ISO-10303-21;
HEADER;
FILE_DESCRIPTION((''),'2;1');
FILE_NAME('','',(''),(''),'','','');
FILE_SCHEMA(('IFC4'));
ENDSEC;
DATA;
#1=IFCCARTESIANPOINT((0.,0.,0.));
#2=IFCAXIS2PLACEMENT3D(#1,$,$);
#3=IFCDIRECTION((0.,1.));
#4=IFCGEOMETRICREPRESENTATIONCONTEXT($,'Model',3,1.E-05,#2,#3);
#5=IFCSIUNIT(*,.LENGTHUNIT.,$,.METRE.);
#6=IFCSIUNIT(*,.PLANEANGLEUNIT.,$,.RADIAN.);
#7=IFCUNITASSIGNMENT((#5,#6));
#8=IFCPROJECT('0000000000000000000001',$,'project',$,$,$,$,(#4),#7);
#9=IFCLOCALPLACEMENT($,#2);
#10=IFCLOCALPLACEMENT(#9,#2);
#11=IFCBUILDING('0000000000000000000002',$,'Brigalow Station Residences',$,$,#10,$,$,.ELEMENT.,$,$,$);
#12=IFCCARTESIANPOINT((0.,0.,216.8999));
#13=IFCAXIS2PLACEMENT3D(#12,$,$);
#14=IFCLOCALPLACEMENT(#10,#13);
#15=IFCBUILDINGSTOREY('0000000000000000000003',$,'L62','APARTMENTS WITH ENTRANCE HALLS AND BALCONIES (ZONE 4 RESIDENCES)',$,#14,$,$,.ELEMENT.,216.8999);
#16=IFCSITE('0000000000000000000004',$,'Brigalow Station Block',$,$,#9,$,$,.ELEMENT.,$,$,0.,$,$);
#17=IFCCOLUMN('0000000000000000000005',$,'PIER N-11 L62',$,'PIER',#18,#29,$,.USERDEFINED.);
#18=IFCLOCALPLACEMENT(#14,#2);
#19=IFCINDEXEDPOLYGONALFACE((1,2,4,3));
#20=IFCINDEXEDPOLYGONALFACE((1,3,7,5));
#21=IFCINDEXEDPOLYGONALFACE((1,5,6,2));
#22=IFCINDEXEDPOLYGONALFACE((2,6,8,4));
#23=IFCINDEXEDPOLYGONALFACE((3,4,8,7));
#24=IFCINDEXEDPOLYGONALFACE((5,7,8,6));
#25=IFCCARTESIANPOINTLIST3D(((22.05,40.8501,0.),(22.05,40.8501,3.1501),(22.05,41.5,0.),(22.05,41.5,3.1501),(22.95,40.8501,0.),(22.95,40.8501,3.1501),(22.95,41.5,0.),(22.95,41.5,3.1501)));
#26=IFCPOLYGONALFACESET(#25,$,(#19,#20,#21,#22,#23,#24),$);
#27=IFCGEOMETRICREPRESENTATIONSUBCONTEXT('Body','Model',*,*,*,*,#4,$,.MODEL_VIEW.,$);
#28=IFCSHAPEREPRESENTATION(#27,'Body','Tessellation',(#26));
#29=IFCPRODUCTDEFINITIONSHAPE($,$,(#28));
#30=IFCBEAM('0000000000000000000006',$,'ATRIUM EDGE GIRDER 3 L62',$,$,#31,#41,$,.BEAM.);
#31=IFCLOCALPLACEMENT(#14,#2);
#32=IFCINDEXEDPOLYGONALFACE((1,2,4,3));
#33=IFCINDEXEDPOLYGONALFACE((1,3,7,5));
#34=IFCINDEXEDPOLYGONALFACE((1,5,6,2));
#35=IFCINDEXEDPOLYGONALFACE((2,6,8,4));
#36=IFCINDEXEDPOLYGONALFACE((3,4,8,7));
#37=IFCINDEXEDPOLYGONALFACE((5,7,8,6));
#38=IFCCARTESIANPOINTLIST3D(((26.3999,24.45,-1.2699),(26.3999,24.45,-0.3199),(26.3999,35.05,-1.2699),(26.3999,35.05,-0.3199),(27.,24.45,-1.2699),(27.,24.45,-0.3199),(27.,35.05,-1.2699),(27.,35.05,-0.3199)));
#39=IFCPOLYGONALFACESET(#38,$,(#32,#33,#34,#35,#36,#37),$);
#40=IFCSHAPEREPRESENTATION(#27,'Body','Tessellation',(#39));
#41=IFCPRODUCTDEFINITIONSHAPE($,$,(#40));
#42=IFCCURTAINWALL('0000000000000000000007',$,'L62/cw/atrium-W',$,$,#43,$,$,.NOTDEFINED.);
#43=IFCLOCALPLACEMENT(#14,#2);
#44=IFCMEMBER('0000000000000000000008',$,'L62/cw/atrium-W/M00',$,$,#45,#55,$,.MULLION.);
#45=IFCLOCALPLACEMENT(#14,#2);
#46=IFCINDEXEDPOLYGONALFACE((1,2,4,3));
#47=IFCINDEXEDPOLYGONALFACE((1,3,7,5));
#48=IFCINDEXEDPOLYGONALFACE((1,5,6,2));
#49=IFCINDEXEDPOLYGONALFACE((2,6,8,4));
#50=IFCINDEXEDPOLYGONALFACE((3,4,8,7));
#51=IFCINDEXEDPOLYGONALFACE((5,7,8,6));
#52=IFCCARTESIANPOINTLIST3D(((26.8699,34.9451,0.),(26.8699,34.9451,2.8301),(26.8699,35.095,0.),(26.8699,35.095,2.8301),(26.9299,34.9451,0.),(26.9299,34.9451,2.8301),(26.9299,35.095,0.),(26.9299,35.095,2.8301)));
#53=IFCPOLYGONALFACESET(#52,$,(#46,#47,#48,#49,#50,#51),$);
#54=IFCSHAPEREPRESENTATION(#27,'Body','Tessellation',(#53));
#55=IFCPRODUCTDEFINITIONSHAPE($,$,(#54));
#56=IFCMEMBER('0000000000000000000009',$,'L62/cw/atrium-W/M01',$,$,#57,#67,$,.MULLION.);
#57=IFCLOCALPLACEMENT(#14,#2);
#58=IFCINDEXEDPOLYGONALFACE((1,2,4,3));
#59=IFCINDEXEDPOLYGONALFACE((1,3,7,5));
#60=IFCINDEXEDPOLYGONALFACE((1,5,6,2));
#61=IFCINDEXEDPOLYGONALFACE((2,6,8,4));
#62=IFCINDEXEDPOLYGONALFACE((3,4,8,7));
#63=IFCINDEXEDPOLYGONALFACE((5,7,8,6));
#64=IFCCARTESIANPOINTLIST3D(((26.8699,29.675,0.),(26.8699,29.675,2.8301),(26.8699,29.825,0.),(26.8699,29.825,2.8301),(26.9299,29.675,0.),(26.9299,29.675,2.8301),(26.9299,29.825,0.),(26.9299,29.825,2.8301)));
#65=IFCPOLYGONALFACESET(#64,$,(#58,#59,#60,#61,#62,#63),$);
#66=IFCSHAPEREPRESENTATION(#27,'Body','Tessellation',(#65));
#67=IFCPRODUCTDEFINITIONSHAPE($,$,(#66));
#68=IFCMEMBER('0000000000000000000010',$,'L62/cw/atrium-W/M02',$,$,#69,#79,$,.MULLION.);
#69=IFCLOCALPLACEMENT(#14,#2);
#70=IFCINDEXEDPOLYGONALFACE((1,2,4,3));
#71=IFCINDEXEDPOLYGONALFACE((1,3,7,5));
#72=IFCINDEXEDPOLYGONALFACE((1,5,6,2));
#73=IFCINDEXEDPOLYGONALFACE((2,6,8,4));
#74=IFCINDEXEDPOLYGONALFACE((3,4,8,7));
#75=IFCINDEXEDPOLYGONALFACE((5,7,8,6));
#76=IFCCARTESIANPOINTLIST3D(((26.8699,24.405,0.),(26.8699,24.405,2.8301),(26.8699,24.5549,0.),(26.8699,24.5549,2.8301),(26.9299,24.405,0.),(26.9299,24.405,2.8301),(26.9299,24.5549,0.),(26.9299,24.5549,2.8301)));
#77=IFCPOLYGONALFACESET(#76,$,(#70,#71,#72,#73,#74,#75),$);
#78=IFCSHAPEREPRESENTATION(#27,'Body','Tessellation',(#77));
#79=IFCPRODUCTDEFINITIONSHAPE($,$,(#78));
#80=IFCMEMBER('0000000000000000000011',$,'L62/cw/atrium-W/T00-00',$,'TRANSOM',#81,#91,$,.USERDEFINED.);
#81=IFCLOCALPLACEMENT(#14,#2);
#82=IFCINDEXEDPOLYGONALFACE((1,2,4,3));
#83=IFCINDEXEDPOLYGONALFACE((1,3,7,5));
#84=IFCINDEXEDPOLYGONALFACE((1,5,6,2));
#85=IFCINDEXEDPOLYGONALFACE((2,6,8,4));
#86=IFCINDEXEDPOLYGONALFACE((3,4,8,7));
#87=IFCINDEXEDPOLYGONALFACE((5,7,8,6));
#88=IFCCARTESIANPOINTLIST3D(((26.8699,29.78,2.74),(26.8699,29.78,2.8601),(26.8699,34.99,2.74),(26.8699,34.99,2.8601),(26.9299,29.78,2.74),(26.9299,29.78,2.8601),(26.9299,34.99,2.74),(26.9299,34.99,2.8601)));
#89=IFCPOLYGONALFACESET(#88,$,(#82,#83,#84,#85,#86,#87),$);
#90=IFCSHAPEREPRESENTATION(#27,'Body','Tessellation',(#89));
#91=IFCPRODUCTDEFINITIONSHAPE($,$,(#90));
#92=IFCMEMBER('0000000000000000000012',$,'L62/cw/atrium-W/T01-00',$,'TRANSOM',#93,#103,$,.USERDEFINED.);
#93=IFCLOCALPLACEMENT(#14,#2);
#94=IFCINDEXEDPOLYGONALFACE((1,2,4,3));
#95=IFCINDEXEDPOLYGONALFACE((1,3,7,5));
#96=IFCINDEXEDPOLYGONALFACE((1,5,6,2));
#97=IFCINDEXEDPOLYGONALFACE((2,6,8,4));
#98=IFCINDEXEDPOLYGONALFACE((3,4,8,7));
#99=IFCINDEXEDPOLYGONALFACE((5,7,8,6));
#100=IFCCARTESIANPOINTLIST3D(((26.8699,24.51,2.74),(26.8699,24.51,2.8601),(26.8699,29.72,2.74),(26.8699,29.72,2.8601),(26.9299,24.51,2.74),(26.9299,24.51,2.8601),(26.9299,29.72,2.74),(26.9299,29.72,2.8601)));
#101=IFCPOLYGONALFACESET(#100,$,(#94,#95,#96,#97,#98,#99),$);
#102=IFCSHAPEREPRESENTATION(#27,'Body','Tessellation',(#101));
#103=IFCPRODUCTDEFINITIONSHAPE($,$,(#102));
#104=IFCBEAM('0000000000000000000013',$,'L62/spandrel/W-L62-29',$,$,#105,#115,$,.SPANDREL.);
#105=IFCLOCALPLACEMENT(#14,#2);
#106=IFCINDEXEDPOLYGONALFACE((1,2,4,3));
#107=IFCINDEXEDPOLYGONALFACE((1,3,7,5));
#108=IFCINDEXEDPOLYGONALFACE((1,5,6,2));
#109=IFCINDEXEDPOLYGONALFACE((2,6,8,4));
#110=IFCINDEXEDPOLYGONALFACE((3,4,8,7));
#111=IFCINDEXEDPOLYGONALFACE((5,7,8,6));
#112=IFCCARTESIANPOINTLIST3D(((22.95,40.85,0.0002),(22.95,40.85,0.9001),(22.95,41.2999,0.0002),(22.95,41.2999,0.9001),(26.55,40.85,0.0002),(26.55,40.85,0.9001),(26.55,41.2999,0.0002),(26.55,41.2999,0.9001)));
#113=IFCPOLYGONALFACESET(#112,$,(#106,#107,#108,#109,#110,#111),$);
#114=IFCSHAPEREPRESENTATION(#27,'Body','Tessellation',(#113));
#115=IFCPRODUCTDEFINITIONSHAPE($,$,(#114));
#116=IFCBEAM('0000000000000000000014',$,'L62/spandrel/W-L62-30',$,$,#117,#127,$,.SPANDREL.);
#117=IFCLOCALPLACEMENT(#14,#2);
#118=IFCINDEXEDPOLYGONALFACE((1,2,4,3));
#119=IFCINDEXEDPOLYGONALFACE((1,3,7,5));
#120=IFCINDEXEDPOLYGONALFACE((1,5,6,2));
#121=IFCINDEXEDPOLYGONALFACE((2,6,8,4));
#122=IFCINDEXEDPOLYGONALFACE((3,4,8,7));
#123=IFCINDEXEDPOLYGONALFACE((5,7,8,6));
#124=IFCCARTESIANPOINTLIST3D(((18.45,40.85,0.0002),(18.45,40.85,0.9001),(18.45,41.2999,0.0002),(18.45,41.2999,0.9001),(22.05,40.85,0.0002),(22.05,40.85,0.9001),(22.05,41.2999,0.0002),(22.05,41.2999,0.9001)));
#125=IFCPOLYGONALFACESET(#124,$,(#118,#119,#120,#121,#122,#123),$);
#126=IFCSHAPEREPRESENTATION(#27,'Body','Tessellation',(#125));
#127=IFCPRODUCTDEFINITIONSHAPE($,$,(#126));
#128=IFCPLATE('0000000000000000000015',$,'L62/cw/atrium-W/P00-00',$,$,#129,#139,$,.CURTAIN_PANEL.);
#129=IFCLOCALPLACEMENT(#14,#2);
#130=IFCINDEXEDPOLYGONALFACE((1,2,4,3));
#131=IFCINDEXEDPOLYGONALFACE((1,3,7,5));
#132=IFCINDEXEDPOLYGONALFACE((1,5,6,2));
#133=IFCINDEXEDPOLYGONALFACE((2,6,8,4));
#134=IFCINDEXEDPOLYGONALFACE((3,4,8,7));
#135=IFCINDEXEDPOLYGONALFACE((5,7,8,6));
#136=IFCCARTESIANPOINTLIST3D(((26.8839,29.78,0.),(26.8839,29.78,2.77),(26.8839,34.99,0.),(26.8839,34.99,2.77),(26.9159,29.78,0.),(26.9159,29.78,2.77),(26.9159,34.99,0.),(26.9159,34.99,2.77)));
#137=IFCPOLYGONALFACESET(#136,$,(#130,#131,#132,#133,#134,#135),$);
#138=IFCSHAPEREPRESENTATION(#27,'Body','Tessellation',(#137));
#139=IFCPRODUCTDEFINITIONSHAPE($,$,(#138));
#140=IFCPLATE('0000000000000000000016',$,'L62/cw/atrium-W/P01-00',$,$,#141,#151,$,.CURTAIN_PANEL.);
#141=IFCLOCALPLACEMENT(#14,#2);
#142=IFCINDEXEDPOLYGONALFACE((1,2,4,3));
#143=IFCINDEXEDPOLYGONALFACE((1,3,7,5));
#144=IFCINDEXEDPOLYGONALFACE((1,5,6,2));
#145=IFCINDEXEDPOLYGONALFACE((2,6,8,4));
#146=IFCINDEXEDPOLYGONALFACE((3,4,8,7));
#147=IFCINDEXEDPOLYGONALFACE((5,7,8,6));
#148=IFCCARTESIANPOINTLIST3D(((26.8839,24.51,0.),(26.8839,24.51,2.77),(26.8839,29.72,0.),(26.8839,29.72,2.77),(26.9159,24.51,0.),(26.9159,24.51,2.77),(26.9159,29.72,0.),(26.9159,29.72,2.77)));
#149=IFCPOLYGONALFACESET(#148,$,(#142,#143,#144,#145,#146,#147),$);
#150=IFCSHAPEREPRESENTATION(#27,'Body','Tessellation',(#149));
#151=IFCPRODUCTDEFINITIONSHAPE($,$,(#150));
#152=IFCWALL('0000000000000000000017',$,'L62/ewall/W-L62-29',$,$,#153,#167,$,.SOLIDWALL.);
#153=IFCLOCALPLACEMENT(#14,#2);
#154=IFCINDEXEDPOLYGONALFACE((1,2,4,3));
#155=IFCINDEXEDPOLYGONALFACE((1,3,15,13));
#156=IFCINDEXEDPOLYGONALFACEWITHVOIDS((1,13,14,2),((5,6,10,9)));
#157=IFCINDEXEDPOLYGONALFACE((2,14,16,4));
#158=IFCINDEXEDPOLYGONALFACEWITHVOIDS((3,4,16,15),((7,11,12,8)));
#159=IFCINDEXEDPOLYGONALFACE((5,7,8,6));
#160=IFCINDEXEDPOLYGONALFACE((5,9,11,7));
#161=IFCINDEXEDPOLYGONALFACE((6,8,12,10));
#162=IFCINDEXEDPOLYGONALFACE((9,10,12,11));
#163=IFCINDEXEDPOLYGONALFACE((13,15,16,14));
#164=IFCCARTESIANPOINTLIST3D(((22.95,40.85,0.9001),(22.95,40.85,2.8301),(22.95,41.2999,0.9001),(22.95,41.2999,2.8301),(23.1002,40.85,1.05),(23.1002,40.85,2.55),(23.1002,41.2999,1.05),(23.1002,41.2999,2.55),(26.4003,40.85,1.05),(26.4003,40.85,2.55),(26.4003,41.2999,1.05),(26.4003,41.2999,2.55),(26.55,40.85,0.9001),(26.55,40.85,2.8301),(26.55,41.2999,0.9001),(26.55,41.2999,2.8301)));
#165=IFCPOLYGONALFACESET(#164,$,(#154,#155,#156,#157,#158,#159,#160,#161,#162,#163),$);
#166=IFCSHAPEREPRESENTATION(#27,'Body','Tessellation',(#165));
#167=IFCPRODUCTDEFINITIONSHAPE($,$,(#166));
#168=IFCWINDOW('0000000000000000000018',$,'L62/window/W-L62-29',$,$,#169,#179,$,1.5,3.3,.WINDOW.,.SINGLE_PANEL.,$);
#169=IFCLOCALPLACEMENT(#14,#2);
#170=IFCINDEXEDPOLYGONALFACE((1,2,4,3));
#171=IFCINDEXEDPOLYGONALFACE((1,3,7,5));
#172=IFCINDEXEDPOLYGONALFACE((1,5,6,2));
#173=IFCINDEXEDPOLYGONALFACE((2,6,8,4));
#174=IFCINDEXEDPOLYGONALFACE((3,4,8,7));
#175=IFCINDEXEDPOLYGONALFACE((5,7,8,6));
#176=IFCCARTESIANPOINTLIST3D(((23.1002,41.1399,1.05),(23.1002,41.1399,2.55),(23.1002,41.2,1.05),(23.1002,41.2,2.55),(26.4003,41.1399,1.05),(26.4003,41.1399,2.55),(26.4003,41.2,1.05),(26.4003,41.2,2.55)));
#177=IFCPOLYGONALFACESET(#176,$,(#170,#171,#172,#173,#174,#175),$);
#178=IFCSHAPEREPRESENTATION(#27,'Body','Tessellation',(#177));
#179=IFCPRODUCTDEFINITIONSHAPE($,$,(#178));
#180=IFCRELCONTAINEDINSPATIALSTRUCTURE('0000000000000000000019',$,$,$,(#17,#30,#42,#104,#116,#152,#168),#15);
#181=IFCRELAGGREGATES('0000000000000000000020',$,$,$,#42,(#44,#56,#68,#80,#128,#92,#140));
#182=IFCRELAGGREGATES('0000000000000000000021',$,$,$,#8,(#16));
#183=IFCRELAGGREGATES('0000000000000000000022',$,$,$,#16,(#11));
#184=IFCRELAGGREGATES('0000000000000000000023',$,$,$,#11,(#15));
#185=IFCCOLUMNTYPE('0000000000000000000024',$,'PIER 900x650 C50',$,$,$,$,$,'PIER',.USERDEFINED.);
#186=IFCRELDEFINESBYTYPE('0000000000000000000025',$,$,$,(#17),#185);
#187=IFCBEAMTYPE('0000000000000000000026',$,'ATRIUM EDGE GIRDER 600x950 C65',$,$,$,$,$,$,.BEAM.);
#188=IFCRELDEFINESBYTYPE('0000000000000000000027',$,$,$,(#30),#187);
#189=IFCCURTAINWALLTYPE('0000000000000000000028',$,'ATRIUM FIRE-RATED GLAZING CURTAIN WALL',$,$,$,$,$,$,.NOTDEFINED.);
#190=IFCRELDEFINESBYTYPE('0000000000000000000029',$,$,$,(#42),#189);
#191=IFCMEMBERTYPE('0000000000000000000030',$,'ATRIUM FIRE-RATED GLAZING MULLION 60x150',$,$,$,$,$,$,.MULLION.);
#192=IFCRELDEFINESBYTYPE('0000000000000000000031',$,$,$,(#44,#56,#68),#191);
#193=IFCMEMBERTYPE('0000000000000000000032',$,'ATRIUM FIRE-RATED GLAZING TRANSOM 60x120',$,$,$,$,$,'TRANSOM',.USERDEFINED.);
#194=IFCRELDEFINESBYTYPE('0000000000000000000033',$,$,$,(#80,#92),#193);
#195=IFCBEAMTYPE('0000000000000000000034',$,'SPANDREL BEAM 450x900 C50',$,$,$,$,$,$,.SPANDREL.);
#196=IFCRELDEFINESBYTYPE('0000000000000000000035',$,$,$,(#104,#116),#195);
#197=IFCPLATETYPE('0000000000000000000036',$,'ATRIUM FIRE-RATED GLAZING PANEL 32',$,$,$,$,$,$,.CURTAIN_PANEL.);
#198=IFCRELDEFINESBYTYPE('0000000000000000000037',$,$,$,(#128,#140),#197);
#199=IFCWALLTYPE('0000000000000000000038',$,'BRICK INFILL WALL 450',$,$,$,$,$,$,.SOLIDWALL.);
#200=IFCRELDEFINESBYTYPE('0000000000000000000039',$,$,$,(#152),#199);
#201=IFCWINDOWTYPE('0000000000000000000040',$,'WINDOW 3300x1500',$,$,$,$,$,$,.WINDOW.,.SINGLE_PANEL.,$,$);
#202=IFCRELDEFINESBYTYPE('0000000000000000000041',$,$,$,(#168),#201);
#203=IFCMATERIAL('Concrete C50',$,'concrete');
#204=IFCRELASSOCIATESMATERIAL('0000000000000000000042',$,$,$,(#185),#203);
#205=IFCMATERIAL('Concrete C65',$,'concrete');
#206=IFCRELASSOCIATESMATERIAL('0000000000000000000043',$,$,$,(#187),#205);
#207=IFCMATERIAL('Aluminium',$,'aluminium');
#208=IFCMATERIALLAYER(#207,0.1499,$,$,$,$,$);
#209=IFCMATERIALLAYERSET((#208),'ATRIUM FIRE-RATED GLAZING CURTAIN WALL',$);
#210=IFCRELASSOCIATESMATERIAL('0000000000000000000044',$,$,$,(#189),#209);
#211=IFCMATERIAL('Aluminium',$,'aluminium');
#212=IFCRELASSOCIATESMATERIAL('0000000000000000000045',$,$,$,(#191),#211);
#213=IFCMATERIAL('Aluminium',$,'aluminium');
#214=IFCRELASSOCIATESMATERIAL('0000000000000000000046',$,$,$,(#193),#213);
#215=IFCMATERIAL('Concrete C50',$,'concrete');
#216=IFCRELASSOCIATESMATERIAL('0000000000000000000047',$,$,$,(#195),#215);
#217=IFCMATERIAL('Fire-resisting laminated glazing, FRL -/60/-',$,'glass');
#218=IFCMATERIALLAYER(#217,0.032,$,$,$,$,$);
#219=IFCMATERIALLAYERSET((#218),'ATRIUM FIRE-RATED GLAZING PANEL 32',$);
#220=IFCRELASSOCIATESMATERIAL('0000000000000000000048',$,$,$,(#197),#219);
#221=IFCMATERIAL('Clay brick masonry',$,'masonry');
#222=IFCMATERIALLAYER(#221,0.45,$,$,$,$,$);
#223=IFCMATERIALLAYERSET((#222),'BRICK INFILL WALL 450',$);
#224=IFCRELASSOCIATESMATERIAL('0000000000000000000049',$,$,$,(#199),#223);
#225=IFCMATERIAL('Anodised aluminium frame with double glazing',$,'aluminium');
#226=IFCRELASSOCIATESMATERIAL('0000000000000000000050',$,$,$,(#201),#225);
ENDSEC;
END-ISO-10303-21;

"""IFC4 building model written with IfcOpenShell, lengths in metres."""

from ifc_helpers import new_model, si_unit, direction, frame, frame_2d, origin, origin_2d, place, context, subcontext, project, spatial, rectangle, extrude, material, layer, layer_set, material_profile, profile_set, type_object, element, fill, aggregate, save


model = new_model("IFC4")

# Units and contexts
model_context = context("Model", 3, precision=1e-05, world=origin(), true_north=direction((0.0, 1.0)))
body_context = subcontext(model_context, "Body", "Model", "MODEL_VIEW")
ifc_project = project(units=[si_unit("LENGTHUNIT", "METRE"), si_unit("PLANEANGLEUNIT", "RADIAN")], contexts=[model_context])

# Site, building, storey
site_placement = place(None, origin())
site = spatial("IfcSite", under=ifc_project, at=site_placement, Name="Brigalow Station Block", CompositionType="ELEMENT", RefElevation=0.0)
building_placement = place(site_placement, origin())
building = spatial("IfcBuilding", under=site, at=building_placement, Name="Brigalow Station Residences", CompositionType="ELEMENT")
storey_placement = place(building_placement, frame((0.0, 0.0, 216.8999)))
storey = spatial("IfcBuildingStorey", under=building, at=storey_placement, Name="L62", Description="APARTMENTS WITH ENTRANCE HALLS AND BALCONIES (ZONE 4 RESIDENCES)", CompositionType="ELEMENT", Elevation=216.8999)

# Column
ifc_material_1 = material(Name="Concrete C50", Category="concrete")
ifc_material_profile_1 = material_profile(ifc_material_1, rectangle(XDim=0.8999, YDim=0.6499, at=origin_2d()), Name="RC900x650")
ifc_profile_set_1 = profile_set([ifc_material_profile_1], Name="Concrete C50")
column_type = type_object("IfcColumnType", Name="PIER 900x650 C50", ElementType="PIER", PredefinedType="USERDEFINED", material=ifc_profile_set_1)
column_placement = place(storey_placement, frame((22.5, 41.175, 0.0), z_axis=(0.0, 0.0, 1.0), x_axis=(-1.0, 0.0, 0.0)))
element("IfcColumn", 1, at=column_placement, inside=storey, type_object=column_type, Name="PIER N-11 L62", ObjectType="PIER", PredefinedType="USERDEFINED", context=body_context, shape_type="SweptSolid", body=[
    extrude(rectangle(XDim=0.8999, YDim=0.6499, at=origin_2d()), origin(), (0.0, 0.0, 1.0), 3.1501),
])

# Beam
ifc_material_2 = material(Name="Concrete C65", Category="concrete")
ifc_material_profile_2 = material_profile(ifc_material_2, rectangle(XDim=0.6001, YDim=0.95, at=origin_2d()), Name="RC600x950")
ifc_profile_set_2 = profile_set([ifc_material_profile_2], Name="Concrete C65")
beam_type_1 = type_object("IfcBeamType", Name="ATRIUM EDGE GIRDER 600x950 C65", PredefinedType="BEAM", material=ifc_profile_set_2)
beam_placement = place(storey_placement, frame((26.7, 24.45, -0.7949), z_axis=(0.0, 1.0, 0.0), x_axis=(-1.0, 0.0, 0.0)))
element("IfcBeam", 2, at=beam_placement, inside=storey, type_object=beam_type_1, Name="ATRIUM EDGE GIRDER 3 L62", PredefinedType="BEAM", context=body_context, shape_type="SweptSolid", body=[
    extrude(rectangle(XDim=0.6001, YDim=0.95, at=origin_2d()), origin(), (0.0, 0.0, 1.0), 10.6001),
])

# Curtain wall, members
ifc_material_3 = material(Name="Aluminium", Category="aluminium")
ifc_layer_1 = layer(ifc_material_3, 0.1499)
ifc_layer_set_1 = layer_set([ifc_layer_1], Name="ATRIUM FIRE-RATED GLAZING CURTAIN WALL")
curtain_wall_type = type_object("IfcCurtainWallType", Name="ATRIUM FIRE-RATED GLAZING CURTAIN WALL", PredefinedType="NOTDEFINED", material=ifc_layer_set_1)
curtain_wall_placement = place(storey_placement, origin())
curtain_wall = element("IfcCurtainWall", 3, at=curtain_wall_placement, inside=storey, type_object=curtain_wall_type, Name="L62/cw/atrium-W", PredefinedType="NOTDEFINED")
ifc_material_4 = material(Name="Aluminium", Category="aluminium")
ifc_material_profile_3 = material_profile(ifc_material_4, rectangle(XDim=0.0601, YDim=0.1499, at=origin_2d()), Name="ATRIUM FIRE-RATED GLAZING MULLION 60x150")
ifc_profile_set_3 = profile_set([ifc_material_profile_3], Name="Aluminium")
member_type_1 = type_object("IfcMemberType", Name="ATRIUM FIRE-RATED GLAZING MULLION 60x150", PredefinedType="MULLION", material=ifc_profile_set_3)
member_1_placement = place(storey_placement, frame((26.8999, 35.02, 0.0), z_axis=(0.0, 0.0, 1.0), x_axis=(1.0, 0.0, 0.0)))
member_1 = element("IfcMember", 4, at=member_1_placement, type_object=member_type_1, Name="L62/cw/atrium-W/M00", PredefinedType="MULLION", context=body_context, shape_type="SweptSolid", body=[
    extrude(rectangle(XDim=0.0601, YDim=0.1499, at=origin_2d()), origin(), (0.0, 0.0, 1.0), 2.8301),
])
member_2_placement = place(storey_placement, frame((26.8999, 29.75, 0.0), z_axis=(0.0, 0.0, 1.0), x_axis=(1.0, 0.0, 0.0)))
member_2 = element("IfcMember", 5, at=member_2_placement, type_object=member_type_1, Name="L62/cw/atrium-W/M01", PredefinedType="MULLION", context=body_context, shape_type="SweptSolid", body=[
    extrude(rectangle(XDim=0.0601, YDim=0.1499, at=origin_2d()), origin(), (0.0, 0.0, 1.0), 2.8301),
])
member_3_placement = place(storey_placement, frame((26.8999, 24.48, 0.0), z_axis=(0.0, 0.0, 1.0), x_axis=(1.0, 0.0, 0.0)))
member_3 = element("IfcMember", 6, at=member_3_placement, type_object=member_type_1, Name="L62/cw/atrium-W/M02", PredefinedType="MULLION", context=body_context, shape_type="SweptSolid", body=[
    extrude(rectangle(XDim=0.0601, YDim=0.1499, at=origin_2d()), origin(), (0.0, 0.0, 1.0), 2.8301),
])
ifc_material_5 = material(Name="Aluminium", Category="aluminium")
ifc_material_profile_4 = material_profile(ifc_material_5, rectangle(XDim=0.0601, YDim=0.1201, at=origin_2d()), Name="ATRIUM FIRE-RATED GLAZING TRANSOM 60x120")
ifc_profile_set_4 = profile_set([ifc_material_profile_4], Name="Aluminium")
member_type_2 = type_object("IfcMemberType", Name="ATRIUM FIRE-RATED GLAZING TRANSOM 60x120", ElementType="TRANSOM", PredefinedType="USERDEFINED", material=ifc_profile_set_4)
member_4_placement = place(storey_placement, frame((26.8999, 34.99, 2.8), z_axis=(0.0, -1.0, 0.0), x_axis=(1.0, 0.0, 0.0)))
member_4 = element("IfcMember", 7, at=member_4_placement, type_object=member_type_2, Name="L62/cw/atrium-W/T00-00", ObjectType="TRANSOM", PredefinedType="USERDEFINED", context=body_context, shape_type="SweptSolid", body=[
    extrude(rectangle(XDim=0.0601, YDim=0.1201, at=origin_2d()), origin(), (0.0, 0.0, 1.0), 5.21),
])
member_5_placement = place(storey_placement, frame((26.8999, 29.72, 2.8), z_axis=(0.0, -1.0, 0.0), x_axis=(1.0, 0.0, 0.0)))
member_5 = element("IfcMember", 8, at=member_5_placement, type_object=member_type_2, Name="L62/cw/atrium-W/T01-00", ObjectType="TRANSOM", PredefinedType="USERDEFINED", context=body_context, shape_type="SweptSolid", body=[
    extrude(rectangle(XDim=0.0601, YDim=0.1201, at=origin_2d()), origin(), (0.0, 0.0, 1.0), 5.21),
])

# Beams
ifc_material_6 = material(Name="Concrete C50", Category="concrete")
ifc_material_profile_5 = material_profile(ifc_material_6, rectangle(XDim=0.45, YDim=0.8999, at=origin_2d()), Name="RC450x900")
ifc_profile_set_5 = profile_set([ifc_material_profile_5], Name="Concrete C50")
beam_type_2 = type_object("IfcBeamType", Name="SPANDREL BEAM 450x900 C50", PredefinedType="SPANDREL", material=ifc_profile_set_5)
for number, where, z_axis, x_axis, name in (
    (9, (26.55, 41.075, 0.4502), (-1.0, 0.0, 0.0), (0.0, -1.0, 0.0), "L62/spandrel/W-L62-29"),
    (10, (22.05, 41.075, 0.4502), (-1.0, 0.0, 0.0), (0.0, -1.0, 0.0), "L62/spandrel/W-L62-30"),
):
    element("IfcBeam", number, at=place(storey_placement, frame(where, z_axis=z_axis, x_axis=x_axis)), inside=storey, type_object=beam_type_2, Name=name, PredefinedType="SPANDREL", context=body_context, shape_type="SweptSolid", body=[
        extrude(rectangle(XDim=0.45, YDim=0.8999, at=origin_2d()), origin(), (0.0, 0.0, 1.0), 3.6001),
    ])

# Plates
ifc_material_7 = material(Name="Fire-resisting laminated glazing, FRL -/60/-", Category="glass")
ifc_layer_2 = layer(ifc_material_7, 0.032)
ifc_layer_set_2 = layer_set([ifc_layer_2], Name="ATRIUM FIRE-RATED GLAZING PANEL 32")
plate_type = type_object("IfcPlateType", Name="ATRIUM FIRE-RATED GLAZING PANEL 32", PredefinedType="CURTAIN_PANEL", material=ifc_layer_set_2)
plate_1_placement = place(storey_placement, frame((26.8999, 32.385, 0.0), z_axis=(0.0, 0.0, 1.0), x_axis=(0.0, -1.0, 0.0)))
plate_1 = element("IfcPlate", 11, at=plate_1_placement, type_object=plate_type, Name="L62/cw/atrium-W/P00-00", PredefinedType="CURTAIN_PANEL", context=body_context, shape_type="SweptSolid", body=[
    extrude(rectangle(XDim=5.21, YDim=0.032, at=origin_2d()), origin(), (0.0, 0.0, 1.0), 2.77),
])
plate_2_placement = place(storey_placement, frame((26.8999, 27.115, 0.0), z_axis=(0.0, 0.0, 1.0), x_axis=(0.0, -1.0, 0.0)))
plate_2 = element("IfcPlate", 12, at=plate_2_placement, type_object=plate_type, Name="L62/cw/atrium-W/P01-00", PredefinedType="CURTAIN_PANEL", context=body_context, shape_type="SweptSolid", body=[
    extrude(rectangle(XDim=5.21, YDim=0.032, at=origin_2d()), origin(), (0.0, 0.0, 1.0), 2.77),
])
aggregate(curtain_wall, [member_1, member_2, member_3, member_4, plate_1, member_5, plate_2])

# Wall, opening, window
ifc_material_8 = material(Name="Clay brick masonry", Category="masonry")
ifc_layer_3 = layer(ifc_material_8, 0.45)
ifc_layer_set_3 = layer_set([ifc_layer_3], Name="BRICK INFILL WALL 450")
wall_type_1 = type_object("IfcWallType", Name="BRICK INFILL WALL 450", PredefinedType="SOLIDWALL", material=ifc_layer_set_3)
wall_1_placement = place(storey_placement, frame((26.55, 41.075, 0.9001), z_axis=(0.0, 0.0, 1.0), x_axis=(-1.0, 0.0, 0.0)))
wall_1 = element("IfcWall", 13, at=wall_1_placement, inside=storey, type_object=wall_type_1, Name="L62/ewall/W-L62-29", PredefinedType="SOLIDWALL", context=body_context, shape_type="SweptSolid", body=[
    extrude(rectangle(XDim=3.6001, YDim=0.45, at=frame_2d((1.8, 0.0))), origin(), (0.0, 0.0, 1.0), 1.9299),
])
opening_1_placement = place(wall_1_placement, frame((0.1499, 0.0, 0.1499)))
opening_1 = element("IfcOpeningElement", 14, at=opening_1_placement, cuts=wall_1, PredefinedType="OPENING", context=body_context, shape_type="SweptSolid", body=[
    extrude(rectangle(XDim=3.3, YDim=1.5, at=frame_2d((1.6499, 0.75))), frame((0.0, 0.2349, 0.0), z_axis=(0.0, -1.0, 0.0), x_axis=(1.0, 0.0, 0.0)), (0.0, 0.0, 1.0), 0.47),
])
ifc_material_9 = material(Name="Anodised aluminium frame with double glazing", Category="aluminium")
window_type = type_object("IfcWindowType", Name="WINDOW 3300x1500", PartitioningType="SINGLE_PANEL", PredefinedType="WINDOW", material=ifc_material_9)
window_1_placement = place(opening_1_placement, origin())
window_1 = element("IfcWindow", 15, at=window_1_placement, inside=storey, type_object=window_type, Name="L62/window/W-L62-29", OverallHeight=1.5, OverallWidth=3.3, PartitioningType="SINGLE_PANEL", PredefinedType="WINDOW", context=body_context, shape_type="SweptSolid", body=[
    extrude(rectangle(XDim=3.3, YDim=1.5, at=frame_2d((1.6499, 0.75))), frame((0.0, -0.0649, 0.0), z_axis=(0.0, -1.0, 0.0), x_axis=(1.0, 0.0, 0.0)), (0.0, 0.0, 1.0), 0.0601),
])
fill(opening_1, window_1)

save(model, "model.ifc")
